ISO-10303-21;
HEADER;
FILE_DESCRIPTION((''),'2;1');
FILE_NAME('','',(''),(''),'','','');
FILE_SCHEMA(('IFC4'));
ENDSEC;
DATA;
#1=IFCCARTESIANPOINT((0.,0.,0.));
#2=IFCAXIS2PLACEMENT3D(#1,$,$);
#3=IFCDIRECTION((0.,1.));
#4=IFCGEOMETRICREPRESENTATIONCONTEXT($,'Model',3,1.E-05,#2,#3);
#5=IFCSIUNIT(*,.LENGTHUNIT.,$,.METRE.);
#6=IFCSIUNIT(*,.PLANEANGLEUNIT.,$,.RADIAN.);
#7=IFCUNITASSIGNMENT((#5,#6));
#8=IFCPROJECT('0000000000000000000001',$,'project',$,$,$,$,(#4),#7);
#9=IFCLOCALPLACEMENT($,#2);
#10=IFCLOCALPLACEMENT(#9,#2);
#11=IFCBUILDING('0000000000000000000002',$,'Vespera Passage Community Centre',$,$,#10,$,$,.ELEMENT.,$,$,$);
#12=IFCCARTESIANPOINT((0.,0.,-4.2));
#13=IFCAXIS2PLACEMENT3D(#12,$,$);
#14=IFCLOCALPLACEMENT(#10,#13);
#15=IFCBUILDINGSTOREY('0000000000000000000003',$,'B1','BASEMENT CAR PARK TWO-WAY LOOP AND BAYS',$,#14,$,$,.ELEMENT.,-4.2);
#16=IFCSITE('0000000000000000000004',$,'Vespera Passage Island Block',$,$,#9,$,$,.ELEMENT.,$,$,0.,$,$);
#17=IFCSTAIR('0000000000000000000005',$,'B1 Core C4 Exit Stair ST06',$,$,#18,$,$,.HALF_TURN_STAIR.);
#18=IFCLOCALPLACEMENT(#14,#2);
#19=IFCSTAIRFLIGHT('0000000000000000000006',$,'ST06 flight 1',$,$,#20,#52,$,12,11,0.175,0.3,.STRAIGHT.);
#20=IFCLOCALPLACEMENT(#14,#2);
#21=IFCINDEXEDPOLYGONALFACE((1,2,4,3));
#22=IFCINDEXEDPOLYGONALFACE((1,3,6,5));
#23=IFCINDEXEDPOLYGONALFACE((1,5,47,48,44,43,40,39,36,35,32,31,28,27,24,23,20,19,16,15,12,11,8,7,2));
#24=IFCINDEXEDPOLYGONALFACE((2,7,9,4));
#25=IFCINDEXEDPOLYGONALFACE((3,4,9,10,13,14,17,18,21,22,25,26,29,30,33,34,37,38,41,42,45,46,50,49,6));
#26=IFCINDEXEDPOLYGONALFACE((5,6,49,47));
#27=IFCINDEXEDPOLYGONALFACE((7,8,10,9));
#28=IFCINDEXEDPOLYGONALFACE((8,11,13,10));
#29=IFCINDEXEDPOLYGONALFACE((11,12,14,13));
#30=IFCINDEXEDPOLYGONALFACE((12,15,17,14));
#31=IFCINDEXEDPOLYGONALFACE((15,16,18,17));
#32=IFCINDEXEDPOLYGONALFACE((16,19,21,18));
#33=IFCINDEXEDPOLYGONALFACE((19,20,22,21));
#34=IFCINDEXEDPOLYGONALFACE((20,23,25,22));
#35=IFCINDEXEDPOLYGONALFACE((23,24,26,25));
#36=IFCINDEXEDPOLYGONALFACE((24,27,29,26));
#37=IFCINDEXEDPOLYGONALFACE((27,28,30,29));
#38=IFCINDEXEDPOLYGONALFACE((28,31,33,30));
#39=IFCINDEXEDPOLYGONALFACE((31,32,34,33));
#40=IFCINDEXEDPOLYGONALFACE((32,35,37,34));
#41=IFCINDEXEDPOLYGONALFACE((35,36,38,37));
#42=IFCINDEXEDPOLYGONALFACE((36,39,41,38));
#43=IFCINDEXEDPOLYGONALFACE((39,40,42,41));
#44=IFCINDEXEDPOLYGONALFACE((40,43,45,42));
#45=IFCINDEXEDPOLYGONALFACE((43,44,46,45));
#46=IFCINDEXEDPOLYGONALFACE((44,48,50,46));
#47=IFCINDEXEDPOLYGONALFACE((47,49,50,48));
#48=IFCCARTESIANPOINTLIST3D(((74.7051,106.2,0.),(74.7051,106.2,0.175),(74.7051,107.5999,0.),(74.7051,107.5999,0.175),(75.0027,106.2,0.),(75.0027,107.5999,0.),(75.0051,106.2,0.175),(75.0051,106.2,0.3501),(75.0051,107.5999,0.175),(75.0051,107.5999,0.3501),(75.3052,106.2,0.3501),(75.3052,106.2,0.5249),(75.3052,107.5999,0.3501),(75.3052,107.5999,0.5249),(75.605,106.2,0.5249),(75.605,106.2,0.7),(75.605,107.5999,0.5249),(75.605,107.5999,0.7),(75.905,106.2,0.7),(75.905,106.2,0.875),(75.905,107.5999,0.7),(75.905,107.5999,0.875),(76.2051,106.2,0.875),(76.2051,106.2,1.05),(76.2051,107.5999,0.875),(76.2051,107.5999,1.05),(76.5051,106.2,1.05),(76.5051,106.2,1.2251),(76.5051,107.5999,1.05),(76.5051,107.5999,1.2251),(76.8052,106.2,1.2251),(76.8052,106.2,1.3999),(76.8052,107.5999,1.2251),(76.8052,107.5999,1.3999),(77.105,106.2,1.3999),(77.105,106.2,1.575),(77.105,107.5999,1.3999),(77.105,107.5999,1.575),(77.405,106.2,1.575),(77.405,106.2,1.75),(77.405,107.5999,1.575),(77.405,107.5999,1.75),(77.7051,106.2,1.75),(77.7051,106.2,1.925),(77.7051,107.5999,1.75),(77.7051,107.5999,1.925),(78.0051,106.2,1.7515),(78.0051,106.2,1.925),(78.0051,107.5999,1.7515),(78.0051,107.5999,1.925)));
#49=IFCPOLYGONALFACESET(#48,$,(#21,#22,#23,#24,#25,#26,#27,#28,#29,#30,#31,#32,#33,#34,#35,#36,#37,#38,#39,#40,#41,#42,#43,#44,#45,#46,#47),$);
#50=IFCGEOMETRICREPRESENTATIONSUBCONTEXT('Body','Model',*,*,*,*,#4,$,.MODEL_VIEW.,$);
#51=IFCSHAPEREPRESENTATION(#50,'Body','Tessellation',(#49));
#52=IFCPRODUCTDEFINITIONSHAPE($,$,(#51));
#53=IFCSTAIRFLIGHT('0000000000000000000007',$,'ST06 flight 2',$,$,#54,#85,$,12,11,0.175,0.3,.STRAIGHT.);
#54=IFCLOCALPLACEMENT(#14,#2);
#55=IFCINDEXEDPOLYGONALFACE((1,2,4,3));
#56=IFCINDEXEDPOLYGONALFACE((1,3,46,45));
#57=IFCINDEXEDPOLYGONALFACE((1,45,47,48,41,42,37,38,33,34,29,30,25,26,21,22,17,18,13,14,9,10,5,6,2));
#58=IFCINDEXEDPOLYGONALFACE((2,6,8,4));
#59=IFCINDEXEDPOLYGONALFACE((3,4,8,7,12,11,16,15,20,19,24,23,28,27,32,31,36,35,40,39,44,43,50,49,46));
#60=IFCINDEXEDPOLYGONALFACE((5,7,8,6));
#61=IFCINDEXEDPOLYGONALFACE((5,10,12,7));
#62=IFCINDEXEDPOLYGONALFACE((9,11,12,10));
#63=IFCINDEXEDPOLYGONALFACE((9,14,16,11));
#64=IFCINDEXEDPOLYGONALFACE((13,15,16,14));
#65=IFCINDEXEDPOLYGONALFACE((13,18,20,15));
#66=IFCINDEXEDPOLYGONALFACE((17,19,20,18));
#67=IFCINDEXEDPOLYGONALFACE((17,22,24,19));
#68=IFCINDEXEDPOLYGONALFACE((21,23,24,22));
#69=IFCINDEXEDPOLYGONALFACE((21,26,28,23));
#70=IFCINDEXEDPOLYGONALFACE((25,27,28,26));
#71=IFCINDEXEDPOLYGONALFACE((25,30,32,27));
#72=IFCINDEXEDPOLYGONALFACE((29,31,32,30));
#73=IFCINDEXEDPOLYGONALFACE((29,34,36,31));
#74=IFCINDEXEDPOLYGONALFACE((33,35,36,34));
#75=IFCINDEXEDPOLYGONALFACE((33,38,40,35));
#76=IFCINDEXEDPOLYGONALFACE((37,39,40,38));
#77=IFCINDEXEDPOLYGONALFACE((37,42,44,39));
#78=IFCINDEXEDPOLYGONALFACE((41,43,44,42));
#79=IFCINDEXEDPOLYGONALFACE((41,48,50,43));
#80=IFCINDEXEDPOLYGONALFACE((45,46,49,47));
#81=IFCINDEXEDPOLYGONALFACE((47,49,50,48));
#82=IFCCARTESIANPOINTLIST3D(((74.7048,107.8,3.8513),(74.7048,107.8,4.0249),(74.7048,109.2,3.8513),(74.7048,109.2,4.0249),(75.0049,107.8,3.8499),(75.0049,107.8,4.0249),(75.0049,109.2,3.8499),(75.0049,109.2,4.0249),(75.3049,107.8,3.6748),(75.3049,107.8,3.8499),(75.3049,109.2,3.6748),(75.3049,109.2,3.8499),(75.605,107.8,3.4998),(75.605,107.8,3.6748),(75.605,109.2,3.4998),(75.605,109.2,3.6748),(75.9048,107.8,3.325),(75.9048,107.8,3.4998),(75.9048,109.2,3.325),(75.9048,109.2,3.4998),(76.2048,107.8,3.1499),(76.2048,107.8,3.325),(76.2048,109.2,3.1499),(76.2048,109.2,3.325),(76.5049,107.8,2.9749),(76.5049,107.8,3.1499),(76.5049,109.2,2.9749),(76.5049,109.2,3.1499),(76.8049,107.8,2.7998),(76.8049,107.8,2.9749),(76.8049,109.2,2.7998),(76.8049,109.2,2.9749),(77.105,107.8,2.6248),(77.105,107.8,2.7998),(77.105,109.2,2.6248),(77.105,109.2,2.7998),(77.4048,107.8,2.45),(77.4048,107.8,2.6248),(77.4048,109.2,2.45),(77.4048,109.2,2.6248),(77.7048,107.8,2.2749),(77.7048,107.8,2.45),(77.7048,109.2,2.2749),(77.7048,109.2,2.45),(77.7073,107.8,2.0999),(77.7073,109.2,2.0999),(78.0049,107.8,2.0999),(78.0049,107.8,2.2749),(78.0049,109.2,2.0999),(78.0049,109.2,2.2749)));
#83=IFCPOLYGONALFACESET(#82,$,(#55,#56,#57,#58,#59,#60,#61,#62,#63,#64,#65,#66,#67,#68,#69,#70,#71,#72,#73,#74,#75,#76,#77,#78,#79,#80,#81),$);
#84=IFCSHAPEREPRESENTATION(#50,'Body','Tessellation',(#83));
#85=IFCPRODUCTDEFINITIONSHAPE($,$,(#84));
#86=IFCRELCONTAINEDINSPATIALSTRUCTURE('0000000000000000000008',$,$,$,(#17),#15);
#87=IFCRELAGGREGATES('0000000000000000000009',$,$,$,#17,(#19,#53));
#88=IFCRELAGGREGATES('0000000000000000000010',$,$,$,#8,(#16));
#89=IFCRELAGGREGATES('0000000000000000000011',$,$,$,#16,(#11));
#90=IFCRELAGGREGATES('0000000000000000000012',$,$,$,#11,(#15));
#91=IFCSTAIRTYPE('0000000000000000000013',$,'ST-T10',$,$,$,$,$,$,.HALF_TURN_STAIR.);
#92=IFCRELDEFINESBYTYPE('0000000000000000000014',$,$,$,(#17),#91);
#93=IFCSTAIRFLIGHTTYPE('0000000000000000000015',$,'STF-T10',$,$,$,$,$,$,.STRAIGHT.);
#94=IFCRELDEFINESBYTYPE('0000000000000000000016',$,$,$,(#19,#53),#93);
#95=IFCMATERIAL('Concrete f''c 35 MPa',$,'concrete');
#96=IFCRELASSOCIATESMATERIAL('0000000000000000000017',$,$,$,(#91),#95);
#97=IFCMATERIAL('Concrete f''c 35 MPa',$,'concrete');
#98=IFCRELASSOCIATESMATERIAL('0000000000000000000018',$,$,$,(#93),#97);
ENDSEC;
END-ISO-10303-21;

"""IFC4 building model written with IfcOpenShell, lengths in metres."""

from ifc_helpers import new_model, si_unit, direction, frame, origin, place, context, subcontext, project, spatial, polyline, outline, extrude, material, type_object, element, aggregate, save


model = new_model("IFC4")

# Units and contexts
model_context = context("Model", 3, precision=1e-05, world=origin(), true_north=direction((0.0, 1.0)))
body_context = subcontext(model_context, "Body", "Model", "MODEL_VIEW")
ifc_project = project(units=[si_unit("LENGTHUNIT", "METRE"), si_unit("PLANEANGLEUNIT", "RADIAN")], contexts=[model_context])

# Site, building, storey
site_placement = place(None, origin())
site = spatial("IfcSite", under=ifc_project, at=site_placement, Name="Vespera Passage Island Block", CompositionType="ELEMENT", RefElevation=0.0)
building_placement = place(site_placement, origin())
building = spatial("IfcBuilding", under=site, at=building_placement, Name="Vespera Passage Community Centre", CompositionType="ELEMENT")
storey_placement = place(building_placement, frame((0.0, 0.0, -4.2)))
storey = spatial("IfcBuildingStorey", under=building, at=storey_placement, Name="B1", Description="BASEMENT CAR PARK TWO-WAY LOOP AND BAYS", CompositionType="ELEMENT", Elevation=-4.2)

# Stair, stair flights
ifc_material_1 = material(Name="Concrete f'c 35 MPa", Category="concrete")
stair_type = type_object("IfcStairType", Name="ST-T10", PredefinedType="HALF_TURN_STAIR", material=ifc_material_1)
stair_placement = place(storey_placement, origin())
stair = element("IfcStair", 1, at=stair_placement, inside=storey, type_object=stair_type, Name="B1 Core C4 Exit Stair ST06", PredefinedType="HALF_TURN_STAIR")
ifc_material_2 = material(Name="Concrete f'c 35 MPa", Category="concrete")
stair_flight_type = type_object("IfcStairFlightType", Name="STF-T10", PredefinedType="STRAIGHT", material=ifc_material_2)
stair_flight_1_placement = place(storey_placement, frame((74.7051, 106.8999, 0.0), z_axis=(0.0, 0.0, 1.0), x_axis=(1.0, 0.0, 0.0)))
stair_flight_1 = element("IfcStairFlight", 2, at=stair_flight_1_placement, type_object=stair_flight_type, Name="ST06 flight 1", NumberOfRisers=12, NumberOfTreads=11, PredefinedType="STRAIGHT", RiserHeight=0.175, TreadLength=0.3, context=body_context, shape_type="SweptSolid", body=[
    extrude(outline(polyline([(0.0, 0.0), (0.0, 0.175), (0.3, 0.175), (0.3, 0.3501), (0.6001, 0.3501), (0.6001, 0.5249), (0.8999, 0.5249), (0.8999, 0.7), (1.2, 0.7), (1.2, 0.875), (1.5, 0.875), (1.5, 1.05), (1.8, 1.05), (1.8, 1.2251), (2.1001, 1.2251), (2.1001, 1.3999), (2.3999, 1.3999), (2.3999, 1.575), (2.7, 1.575), (2.7, 1.75), (3.0, 1.75), (3.0, 1.925), (3.3, 1.925), (3.3, 2.1001), (3.3, 1.7515), (0.2976, 0.0), (0.0, 0.0)])), frame((0.0, 0.7, 0.0), z_axis=(0.0, -1.0, 0.0), x_axis=(1.0, 0.0, 0.0)), (0.0, 0.0, 1.0), 1.3999),
])
stair_flight_2_placement = place(storey_placement, frame((78.0049, 108.5, 2.0999), z_axis=(0.0, 0.0, 1.0), x_axis=(-1.0, 0.0, 0.0)))
stair_flight_2 = element("IfcStairFlight", 3, at=stair_flight_2_placement, type_object=stair_flight_type, Name="ST06 flight 2", NumberOfRisers=12, NumberOfTreads=11, PredefinedType="STRAIGHT", RiserHeight=0.175, TreadLength=0.3, context=body_context, shape_type="SweptSolid", body=[
    extrude(outline(polyline([(0.0, 0.0), (0.0, 0.175), (0.3, 0.175), (0.3, 0.3501), (0.6001, 0.3501), (0.6001, 0.5249), (0.8999, 0.5249), (0.8999, 0.7), (1.2, 0.7), (1.2, 0.875), (1.5, 0.875), (1.5, 1.05), (1.8, 1.05), (1.8, 1.2251), (2.1001, 1.2251), (2.1001, 1.3999), (2.3999, 1.3999), (2.3999, 1.575), (2.7, 1.575), (2.7, 1.75), (3.0, 1.75), (3.0, 1.925), (3.3, 1.925), (3.3, 2.1001), (3.3, 1.7515), (0.2976, 0.0), (0.0, 0.0)])), frame((0.0, 0.7, 0.0), z_axis=(0.0, -1.0, 0.0), x_axis=(1.0, 0.0, 0.0)), (0.0, 0.0, 1.0), 1.3999),
])
aggregate(stair, [stair_flight_1, stair_flight_2])

save(model, "model.ifc")
